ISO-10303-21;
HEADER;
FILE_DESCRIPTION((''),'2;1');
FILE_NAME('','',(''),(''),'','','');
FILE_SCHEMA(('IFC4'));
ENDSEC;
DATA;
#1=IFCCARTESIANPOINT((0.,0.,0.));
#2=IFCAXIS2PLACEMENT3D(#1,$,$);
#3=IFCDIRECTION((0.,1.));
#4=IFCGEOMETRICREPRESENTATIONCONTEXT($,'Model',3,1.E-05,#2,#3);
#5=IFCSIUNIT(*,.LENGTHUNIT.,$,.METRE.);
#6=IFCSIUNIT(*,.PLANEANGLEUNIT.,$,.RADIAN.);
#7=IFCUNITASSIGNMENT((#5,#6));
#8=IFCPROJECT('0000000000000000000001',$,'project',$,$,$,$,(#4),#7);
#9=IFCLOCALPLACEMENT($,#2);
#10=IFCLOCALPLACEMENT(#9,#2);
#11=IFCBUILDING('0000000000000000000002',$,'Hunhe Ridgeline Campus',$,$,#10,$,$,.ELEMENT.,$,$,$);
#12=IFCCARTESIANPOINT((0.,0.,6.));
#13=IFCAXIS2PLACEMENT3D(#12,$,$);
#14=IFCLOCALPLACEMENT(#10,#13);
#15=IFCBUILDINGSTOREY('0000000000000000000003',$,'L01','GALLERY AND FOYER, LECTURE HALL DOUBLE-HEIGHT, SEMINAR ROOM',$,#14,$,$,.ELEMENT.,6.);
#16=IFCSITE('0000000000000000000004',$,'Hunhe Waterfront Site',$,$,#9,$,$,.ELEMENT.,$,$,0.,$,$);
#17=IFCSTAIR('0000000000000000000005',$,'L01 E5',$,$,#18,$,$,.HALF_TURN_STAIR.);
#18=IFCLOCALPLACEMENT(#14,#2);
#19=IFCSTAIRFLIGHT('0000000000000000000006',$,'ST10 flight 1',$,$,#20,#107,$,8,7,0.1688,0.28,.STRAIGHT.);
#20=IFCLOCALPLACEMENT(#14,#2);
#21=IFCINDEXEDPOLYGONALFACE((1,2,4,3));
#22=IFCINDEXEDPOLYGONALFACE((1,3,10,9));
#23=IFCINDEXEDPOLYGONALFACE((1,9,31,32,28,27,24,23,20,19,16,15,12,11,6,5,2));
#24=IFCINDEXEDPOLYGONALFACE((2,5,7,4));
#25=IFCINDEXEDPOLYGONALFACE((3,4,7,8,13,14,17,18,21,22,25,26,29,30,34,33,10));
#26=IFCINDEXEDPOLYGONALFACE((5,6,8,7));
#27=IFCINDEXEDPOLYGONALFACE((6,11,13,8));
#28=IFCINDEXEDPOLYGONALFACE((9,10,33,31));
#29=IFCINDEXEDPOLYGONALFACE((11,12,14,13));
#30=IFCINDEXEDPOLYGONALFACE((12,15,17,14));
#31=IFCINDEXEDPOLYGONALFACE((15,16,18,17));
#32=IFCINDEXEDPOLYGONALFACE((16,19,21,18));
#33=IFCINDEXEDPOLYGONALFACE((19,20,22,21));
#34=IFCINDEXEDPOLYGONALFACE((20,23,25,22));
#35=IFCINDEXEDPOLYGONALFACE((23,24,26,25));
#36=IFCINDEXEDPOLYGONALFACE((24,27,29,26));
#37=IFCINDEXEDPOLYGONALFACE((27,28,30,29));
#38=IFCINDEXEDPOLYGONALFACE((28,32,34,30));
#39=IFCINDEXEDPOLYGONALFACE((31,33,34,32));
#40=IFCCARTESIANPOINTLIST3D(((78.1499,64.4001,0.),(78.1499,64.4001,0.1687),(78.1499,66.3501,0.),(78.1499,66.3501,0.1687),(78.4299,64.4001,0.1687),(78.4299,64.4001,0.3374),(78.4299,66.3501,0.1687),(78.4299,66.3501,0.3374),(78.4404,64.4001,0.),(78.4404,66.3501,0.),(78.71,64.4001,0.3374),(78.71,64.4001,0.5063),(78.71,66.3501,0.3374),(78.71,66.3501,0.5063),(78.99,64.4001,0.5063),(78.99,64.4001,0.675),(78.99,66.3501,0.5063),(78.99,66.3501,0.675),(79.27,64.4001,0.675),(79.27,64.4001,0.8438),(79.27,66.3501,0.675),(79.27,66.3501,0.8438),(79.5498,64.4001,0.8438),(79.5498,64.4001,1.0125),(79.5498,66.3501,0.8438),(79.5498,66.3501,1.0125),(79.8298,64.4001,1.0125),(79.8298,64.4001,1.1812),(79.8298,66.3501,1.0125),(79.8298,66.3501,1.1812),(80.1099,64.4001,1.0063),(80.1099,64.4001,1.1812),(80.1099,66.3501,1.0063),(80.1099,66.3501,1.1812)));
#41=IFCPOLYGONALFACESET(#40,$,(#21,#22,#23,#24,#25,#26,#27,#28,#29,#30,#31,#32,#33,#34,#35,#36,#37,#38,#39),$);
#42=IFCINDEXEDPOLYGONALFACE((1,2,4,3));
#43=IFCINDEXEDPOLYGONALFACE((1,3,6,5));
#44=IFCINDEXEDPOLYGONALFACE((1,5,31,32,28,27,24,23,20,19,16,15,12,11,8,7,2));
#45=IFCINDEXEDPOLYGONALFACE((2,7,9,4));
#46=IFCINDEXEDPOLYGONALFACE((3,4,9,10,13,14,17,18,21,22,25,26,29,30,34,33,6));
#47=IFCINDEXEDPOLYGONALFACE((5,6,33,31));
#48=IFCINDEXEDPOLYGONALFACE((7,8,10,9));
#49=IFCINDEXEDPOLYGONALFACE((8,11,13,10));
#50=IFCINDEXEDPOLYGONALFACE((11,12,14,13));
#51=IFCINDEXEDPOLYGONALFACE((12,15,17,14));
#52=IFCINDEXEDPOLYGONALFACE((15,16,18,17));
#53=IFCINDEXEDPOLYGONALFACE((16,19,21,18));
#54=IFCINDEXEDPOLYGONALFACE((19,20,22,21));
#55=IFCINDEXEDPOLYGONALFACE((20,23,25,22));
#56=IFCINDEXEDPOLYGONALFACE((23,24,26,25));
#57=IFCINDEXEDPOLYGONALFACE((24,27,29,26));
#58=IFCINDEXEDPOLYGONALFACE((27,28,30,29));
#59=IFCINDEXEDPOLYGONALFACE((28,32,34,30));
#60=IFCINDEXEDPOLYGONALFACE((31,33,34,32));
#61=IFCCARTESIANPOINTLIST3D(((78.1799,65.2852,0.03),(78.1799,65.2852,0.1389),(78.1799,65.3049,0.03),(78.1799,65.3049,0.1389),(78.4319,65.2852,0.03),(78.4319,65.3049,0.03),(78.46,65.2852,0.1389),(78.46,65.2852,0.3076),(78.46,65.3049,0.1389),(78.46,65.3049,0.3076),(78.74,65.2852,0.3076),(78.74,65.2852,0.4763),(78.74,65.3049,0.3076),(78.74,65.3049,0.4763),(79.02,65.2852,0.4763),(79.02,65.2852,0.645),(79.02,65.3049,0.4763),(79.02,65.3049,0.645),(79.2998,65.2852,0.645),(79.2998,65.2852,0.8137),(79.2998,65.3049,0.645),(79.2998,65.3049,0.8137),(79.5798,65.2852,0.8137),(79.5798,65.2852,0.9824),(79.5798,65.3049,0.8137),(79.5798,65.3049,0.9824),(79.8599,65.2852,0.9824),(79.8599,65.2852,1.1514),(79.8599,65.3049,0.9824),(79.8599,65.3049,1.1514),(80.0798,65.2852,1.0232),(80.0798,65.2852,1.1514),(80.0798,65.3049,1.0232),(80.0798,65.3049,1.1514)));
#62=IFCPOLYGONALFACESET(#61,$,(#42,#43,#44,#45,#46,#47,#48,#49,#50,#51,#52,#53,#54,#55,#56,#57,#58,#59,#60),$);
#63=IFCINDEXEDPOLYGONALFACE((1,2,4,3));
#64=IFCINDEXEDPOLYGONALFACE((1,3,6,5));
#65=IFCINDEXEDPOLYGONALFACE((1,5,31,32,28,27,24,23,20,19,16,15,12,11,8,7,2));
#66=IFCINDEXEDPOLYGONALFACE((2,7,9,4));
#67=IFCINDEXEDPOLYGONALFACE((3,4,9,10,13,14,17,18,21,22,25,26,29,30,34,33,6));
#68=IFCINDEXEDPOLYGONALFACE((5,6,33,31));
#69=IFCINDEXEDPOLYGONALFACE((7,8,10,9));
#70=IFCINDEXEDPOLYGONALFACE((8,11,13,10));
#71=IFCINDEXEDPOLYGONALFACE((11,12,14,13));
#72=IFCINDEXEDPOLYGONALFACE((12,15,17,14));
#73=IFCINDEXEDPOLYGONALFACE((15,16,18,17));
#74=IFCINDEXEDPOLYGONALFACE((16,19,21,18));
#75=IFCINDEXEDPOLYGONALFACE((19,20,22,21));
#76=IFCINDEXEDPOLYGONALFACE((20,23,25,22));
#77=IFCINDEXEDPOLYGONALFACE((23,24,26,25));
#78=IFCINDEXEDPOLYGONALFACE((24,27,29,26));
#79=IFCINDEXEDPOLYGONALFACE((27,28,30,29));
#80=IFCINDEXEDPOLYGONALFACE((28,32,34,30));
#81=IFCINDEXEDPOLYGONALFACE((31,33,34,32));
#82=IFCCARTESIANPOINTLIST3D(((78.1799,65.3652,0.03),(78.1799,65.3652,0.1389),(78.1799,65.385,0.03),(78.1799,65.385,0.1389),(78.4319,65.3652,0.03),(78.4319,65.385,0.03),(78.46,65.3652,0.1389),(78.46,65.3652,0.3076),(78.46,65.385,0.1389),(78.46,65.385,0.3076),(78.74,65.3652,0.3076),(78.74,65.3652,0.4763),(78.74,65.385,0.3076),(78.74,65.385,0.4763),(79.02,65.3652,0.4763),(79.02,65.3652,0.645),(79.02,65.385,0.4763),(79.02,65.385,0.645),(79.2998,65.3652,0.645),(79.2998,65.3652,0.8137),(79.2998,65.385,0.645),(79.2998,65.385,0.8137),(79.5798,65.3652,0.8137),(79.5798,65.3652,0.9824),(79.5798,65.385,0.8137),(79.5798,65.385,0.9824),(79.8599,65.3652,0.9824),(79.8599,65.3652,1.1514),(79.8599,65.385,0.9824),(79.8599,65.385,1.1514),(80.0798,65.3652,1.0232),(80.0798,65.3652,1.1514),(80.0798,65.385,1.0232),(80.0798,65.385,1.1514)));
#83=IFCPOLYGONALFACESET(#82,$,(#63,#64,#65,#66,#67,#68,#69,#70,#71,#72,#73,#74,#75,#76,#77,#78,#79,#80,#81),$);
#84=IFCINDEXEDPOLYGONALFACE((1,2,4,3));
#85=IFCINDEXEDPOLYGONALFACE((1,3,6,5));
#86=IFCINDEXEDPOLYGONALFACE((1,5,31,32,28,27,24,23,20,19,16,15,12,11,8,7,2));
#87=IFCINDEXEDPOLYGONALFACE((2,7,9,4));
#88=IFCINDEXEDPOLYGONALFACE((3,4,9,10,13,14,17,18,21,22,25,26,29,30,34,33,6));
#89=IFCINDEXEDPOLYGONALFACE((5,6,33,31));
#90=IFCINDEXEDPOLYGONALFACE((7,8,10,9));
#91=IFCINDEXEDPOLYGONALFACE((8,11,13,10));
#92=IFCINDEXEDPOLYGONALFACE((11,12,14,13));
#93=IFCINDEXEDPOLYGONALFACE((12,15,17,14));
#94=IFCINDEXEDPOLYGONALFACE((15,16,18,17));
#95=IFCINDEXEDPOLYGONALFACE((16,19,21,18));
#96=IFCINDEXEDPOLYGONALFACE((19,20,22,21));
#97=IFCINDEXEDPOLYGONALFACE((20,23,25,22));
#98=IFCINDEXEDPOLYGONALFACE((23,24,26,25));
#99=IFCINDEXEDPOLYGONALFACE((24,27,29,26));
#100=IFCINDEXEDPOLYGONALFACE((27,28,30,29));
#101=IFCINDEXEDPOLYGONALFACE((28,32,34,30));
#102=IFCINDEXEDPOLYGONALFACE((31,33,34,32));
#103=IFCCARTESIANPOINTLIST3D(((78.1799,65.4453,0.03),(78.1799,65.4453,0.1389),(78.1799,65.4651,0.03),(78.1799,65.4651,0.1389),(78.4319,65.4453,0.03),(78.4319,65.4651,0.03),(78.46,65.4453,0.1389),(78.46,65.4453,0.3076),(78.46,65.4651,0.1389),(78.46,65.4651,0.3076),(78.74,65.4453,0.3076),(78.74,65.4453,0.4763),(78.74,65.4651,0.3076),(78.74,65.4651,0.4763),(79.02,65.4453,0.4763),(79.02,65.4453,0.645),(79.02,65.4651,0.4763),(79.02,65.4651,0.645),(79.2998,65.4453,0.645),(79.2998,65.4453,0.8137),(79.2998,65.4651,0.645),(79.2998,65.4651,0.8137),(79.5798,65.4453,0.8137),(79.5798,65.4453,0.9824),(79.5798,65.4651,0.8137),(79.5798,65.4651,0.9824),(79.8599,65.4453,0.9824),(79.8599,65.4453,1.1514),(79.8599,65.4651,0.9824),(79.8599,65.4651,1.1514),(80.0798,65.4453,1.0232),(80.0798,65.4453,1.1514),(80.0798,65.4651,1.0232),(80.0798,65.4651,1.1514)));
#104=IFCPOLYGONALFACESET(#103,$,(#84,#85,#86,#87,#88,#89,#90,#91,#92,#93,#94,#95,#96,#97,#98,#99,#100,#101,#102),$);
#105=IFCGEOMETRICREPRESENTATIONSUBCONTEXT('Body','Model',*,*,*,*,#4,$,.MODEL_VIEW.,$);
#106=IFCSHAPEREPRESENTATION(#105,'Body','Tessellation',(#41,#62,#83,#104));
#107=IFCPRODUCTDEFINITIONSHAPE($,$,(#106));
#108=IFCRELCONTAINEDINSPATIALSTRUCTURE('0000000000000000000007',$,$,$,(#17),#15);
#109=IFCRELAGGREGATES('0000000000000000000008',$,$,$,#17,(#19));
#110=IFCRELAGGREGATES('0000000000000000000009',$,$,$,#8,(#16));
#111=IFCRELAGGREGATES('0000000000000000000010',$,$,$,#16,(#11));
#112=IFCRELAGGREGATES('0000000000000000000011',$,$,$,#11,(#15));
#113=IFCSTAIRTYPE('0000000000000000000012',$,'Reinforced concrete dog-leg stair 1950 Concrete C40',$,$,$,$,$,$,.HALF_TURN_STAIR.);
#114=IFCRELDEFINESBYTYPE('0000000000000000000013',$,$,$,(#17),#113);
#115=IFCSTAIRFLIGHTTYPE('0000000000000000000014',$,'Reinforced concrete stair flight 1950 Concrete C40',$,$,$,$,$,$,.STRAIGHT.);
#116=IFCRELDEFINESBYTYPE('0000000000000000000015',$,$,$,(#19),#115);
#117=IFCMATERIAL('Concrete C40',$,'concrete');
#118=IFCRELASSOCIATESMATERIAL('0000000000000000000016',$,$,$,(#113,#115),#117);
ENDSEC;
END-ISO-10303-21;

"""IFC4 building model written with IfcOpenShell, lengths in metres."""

from ifc_helpers import new_model, si_unit, direction, frame, origin, place, context, subcontext, project, spatial, polyline, outline, extrude, material, type_object, element, aggregate, save


model = new_model("IFC4")

# Units and contexts
model_context = context("Model", 3, precision=1e-05, world=origin(), true_north=direction((0.0, 1.0)))
body_context = subcontext(model_context, "Body", "Model", "MODEL_VIEW")
ifc_project = project(units=[si_unit("LENGTHUNIT", "METRE"), si_unit("PLANEANGLEUNIT", "RADIAN")], contexts=[model_context])

# Site, building, storey
site_placement = place(None, origin())
site = spatial("IfcSite", under=ifc_project, at=site_placement, Name="Hunhe Waterfront Site", CompositionType="ELEMENT", RefElevation=0.0)
building_placement = place(site_placement, origin())
building = spatial("IfcBuilding", under=site, at=building_placement, Name="Hunhe Ridgeline Campus", CompositionType="ELEMENT")
storey_placement = place(building_placement, frame((0.0, 0.0, 6.0)))
storey = spatial("IfcBuildingStorey", under=building, at=storey_placement, Name="L01", Description="GALLERY AND FOYER, LECTURE HALL DOUBLE-HEIGHT, SEMINAR ROOM", CompositionType="ELEMENT", Elevation=6.0)

# Shared definitions
ifc_material_1 = material(Name="Concrete C40", Category="concrete")

# Stair, stair flight
stair_type = type_object("IfcStairType", Name="Reinforced concrete dog-leg stair 1950 Concrete C40", PredefinedType="HALF_TURN_STAIR", material=ifc_material_1)
stair_placement = place(storey_placement, origin())
stair = element("IfcStair", 1, at=stair_placement, inside=storey, type_object=stair_type, Name="L01 E5", PredefinedType="HALF_TURN_STAIR")
stair_flight_type = type_object("IfcStairFlightType", Name="Reinforced concrete stair flight 1950 Concrete C40", PredefinedType="STRAIGHT", material=ifc_material_1)
stair_flight_1_placement = place(storey_placement, frame((78.1499, 65.375, 0.0), z_axis=(0.0, 0.0, 1.0), x_axis=(1.0, 0.0, 0.0)))
stair_flight_1 = element("IfcStairFlight", 2, at=stair_flight_1_placement, type_object=stair_flight_type, Name="ST10 flight 1", NumberOfRisers=8, NumberOfTreads=7, PredefinedType="STRAIGHT", RiserHeight=0.1688, TreadLength=0.28, context=body_context, shape_type="SweptSolid", body=[
    extrude(outline(polyline([(0.0, 0.0), (0.0, 0.1687), (0.28, 0.1687), (0.28, 0.3374), (0.5601, 0.3374), (0.5601, 0.5063), (0.8401, 0.5063), (0.8401, 0.675), (1.1201, 0.675), (1.1201, 0.8438), (1.3999, 0.8438), (1.3999, 1.0125), (1.6799, 1.0125), (1.6799, 1.1812), (1.96, 1.1812), (1.96, 1.3501), (1.96, 1.0063), (0.2905, 0.0), (0.0, 0.0)])), frame((0.0, 0.9751, 0.0), z_axis=(0.0, -1.0, 0.0), x_axis=(1.0, 0.0, 0.0)), (0.0, 0.0, 1.0), 1.95),
    extrude(outline(polyline([(0.03, 0.03), (0.03, 0.1389), (0.3101, 0.1389), (0.3101, 0.3076), (0.5901, 0.3076), (0.5901, 0.4763), (0.8701, 0.4763), (0.8701, 0.645), (1.1499, 0.645), (1.1499, 0.8137), (1.4299, 0.8137), (1.4299, 0.9824), (1.71, 0.9824), (1.71, 1.1514), (1.9299, 1.1514), (1.9299, 1.0232), (0.282, 0.03), (0.03, 0.03)])), frame((0.0, -0.0701, 0.0), z_axis=(0.0, -1.0, 0.0), x_axis=(1.0, 0.0, 0.0)), (0.0, 0.0, 1.0), 0.0198),
    extrude(outline(polyline([(0.03, 0.03), (0.03, 0.1389), (0.3101, 0.1389), (0.3101, 0.3076), (0.5901, 0.3076), (0.5901, 0.4763), (0.8701, 0.4763), (0.8701, 0.645), (1.1499, 0.645), (1.1499, 0.8137), (1.4299, 0.8137), (1.4299, 0.9824), (1.71, 0.9824), (1.71, 1.1514), (1.9299, 1.1514), (1.9299, 1.0232), (0.282, 0.03), (0.03, 0.03)])), frame((0.0, 0.01, 0.0), z_axis=(0.0, -1.0, 0.0), x_axis=(1.0, 0.0, 0.0)), (0.0, 0.0, 1.0), 0.0198),
    extrude(outline(polyline([(0.03, 0.03), (0.03, 0.1389), (0.3101, 0.1389), (0.3101, 0.3076), (0.5901, 0.3076), (0.5901, 0.4763), (0.8701, 0.4763), (0.8701, 0.645), (1.1499, 0.645), (1.1499, 0.8137), (1.4299, 0.8137), (1.4299, 0.9824), (1.71, 0.9824), (1.71, 1.1514), (1.9299, 1.1514), (1.9299, 1.0232), (0.282, 0.03), (0.03, 0.03)])), frame((0.0, 0.0901, 0.0), z_axis=(0.0, -1.0, 0.0), x_axis=(1.0, 0.0, 0.0)), (0.0, 0.0, 1.0), 0.0198),
])
aggregate(stair, [stair_flight_1])

save(model, "model.ifc")
